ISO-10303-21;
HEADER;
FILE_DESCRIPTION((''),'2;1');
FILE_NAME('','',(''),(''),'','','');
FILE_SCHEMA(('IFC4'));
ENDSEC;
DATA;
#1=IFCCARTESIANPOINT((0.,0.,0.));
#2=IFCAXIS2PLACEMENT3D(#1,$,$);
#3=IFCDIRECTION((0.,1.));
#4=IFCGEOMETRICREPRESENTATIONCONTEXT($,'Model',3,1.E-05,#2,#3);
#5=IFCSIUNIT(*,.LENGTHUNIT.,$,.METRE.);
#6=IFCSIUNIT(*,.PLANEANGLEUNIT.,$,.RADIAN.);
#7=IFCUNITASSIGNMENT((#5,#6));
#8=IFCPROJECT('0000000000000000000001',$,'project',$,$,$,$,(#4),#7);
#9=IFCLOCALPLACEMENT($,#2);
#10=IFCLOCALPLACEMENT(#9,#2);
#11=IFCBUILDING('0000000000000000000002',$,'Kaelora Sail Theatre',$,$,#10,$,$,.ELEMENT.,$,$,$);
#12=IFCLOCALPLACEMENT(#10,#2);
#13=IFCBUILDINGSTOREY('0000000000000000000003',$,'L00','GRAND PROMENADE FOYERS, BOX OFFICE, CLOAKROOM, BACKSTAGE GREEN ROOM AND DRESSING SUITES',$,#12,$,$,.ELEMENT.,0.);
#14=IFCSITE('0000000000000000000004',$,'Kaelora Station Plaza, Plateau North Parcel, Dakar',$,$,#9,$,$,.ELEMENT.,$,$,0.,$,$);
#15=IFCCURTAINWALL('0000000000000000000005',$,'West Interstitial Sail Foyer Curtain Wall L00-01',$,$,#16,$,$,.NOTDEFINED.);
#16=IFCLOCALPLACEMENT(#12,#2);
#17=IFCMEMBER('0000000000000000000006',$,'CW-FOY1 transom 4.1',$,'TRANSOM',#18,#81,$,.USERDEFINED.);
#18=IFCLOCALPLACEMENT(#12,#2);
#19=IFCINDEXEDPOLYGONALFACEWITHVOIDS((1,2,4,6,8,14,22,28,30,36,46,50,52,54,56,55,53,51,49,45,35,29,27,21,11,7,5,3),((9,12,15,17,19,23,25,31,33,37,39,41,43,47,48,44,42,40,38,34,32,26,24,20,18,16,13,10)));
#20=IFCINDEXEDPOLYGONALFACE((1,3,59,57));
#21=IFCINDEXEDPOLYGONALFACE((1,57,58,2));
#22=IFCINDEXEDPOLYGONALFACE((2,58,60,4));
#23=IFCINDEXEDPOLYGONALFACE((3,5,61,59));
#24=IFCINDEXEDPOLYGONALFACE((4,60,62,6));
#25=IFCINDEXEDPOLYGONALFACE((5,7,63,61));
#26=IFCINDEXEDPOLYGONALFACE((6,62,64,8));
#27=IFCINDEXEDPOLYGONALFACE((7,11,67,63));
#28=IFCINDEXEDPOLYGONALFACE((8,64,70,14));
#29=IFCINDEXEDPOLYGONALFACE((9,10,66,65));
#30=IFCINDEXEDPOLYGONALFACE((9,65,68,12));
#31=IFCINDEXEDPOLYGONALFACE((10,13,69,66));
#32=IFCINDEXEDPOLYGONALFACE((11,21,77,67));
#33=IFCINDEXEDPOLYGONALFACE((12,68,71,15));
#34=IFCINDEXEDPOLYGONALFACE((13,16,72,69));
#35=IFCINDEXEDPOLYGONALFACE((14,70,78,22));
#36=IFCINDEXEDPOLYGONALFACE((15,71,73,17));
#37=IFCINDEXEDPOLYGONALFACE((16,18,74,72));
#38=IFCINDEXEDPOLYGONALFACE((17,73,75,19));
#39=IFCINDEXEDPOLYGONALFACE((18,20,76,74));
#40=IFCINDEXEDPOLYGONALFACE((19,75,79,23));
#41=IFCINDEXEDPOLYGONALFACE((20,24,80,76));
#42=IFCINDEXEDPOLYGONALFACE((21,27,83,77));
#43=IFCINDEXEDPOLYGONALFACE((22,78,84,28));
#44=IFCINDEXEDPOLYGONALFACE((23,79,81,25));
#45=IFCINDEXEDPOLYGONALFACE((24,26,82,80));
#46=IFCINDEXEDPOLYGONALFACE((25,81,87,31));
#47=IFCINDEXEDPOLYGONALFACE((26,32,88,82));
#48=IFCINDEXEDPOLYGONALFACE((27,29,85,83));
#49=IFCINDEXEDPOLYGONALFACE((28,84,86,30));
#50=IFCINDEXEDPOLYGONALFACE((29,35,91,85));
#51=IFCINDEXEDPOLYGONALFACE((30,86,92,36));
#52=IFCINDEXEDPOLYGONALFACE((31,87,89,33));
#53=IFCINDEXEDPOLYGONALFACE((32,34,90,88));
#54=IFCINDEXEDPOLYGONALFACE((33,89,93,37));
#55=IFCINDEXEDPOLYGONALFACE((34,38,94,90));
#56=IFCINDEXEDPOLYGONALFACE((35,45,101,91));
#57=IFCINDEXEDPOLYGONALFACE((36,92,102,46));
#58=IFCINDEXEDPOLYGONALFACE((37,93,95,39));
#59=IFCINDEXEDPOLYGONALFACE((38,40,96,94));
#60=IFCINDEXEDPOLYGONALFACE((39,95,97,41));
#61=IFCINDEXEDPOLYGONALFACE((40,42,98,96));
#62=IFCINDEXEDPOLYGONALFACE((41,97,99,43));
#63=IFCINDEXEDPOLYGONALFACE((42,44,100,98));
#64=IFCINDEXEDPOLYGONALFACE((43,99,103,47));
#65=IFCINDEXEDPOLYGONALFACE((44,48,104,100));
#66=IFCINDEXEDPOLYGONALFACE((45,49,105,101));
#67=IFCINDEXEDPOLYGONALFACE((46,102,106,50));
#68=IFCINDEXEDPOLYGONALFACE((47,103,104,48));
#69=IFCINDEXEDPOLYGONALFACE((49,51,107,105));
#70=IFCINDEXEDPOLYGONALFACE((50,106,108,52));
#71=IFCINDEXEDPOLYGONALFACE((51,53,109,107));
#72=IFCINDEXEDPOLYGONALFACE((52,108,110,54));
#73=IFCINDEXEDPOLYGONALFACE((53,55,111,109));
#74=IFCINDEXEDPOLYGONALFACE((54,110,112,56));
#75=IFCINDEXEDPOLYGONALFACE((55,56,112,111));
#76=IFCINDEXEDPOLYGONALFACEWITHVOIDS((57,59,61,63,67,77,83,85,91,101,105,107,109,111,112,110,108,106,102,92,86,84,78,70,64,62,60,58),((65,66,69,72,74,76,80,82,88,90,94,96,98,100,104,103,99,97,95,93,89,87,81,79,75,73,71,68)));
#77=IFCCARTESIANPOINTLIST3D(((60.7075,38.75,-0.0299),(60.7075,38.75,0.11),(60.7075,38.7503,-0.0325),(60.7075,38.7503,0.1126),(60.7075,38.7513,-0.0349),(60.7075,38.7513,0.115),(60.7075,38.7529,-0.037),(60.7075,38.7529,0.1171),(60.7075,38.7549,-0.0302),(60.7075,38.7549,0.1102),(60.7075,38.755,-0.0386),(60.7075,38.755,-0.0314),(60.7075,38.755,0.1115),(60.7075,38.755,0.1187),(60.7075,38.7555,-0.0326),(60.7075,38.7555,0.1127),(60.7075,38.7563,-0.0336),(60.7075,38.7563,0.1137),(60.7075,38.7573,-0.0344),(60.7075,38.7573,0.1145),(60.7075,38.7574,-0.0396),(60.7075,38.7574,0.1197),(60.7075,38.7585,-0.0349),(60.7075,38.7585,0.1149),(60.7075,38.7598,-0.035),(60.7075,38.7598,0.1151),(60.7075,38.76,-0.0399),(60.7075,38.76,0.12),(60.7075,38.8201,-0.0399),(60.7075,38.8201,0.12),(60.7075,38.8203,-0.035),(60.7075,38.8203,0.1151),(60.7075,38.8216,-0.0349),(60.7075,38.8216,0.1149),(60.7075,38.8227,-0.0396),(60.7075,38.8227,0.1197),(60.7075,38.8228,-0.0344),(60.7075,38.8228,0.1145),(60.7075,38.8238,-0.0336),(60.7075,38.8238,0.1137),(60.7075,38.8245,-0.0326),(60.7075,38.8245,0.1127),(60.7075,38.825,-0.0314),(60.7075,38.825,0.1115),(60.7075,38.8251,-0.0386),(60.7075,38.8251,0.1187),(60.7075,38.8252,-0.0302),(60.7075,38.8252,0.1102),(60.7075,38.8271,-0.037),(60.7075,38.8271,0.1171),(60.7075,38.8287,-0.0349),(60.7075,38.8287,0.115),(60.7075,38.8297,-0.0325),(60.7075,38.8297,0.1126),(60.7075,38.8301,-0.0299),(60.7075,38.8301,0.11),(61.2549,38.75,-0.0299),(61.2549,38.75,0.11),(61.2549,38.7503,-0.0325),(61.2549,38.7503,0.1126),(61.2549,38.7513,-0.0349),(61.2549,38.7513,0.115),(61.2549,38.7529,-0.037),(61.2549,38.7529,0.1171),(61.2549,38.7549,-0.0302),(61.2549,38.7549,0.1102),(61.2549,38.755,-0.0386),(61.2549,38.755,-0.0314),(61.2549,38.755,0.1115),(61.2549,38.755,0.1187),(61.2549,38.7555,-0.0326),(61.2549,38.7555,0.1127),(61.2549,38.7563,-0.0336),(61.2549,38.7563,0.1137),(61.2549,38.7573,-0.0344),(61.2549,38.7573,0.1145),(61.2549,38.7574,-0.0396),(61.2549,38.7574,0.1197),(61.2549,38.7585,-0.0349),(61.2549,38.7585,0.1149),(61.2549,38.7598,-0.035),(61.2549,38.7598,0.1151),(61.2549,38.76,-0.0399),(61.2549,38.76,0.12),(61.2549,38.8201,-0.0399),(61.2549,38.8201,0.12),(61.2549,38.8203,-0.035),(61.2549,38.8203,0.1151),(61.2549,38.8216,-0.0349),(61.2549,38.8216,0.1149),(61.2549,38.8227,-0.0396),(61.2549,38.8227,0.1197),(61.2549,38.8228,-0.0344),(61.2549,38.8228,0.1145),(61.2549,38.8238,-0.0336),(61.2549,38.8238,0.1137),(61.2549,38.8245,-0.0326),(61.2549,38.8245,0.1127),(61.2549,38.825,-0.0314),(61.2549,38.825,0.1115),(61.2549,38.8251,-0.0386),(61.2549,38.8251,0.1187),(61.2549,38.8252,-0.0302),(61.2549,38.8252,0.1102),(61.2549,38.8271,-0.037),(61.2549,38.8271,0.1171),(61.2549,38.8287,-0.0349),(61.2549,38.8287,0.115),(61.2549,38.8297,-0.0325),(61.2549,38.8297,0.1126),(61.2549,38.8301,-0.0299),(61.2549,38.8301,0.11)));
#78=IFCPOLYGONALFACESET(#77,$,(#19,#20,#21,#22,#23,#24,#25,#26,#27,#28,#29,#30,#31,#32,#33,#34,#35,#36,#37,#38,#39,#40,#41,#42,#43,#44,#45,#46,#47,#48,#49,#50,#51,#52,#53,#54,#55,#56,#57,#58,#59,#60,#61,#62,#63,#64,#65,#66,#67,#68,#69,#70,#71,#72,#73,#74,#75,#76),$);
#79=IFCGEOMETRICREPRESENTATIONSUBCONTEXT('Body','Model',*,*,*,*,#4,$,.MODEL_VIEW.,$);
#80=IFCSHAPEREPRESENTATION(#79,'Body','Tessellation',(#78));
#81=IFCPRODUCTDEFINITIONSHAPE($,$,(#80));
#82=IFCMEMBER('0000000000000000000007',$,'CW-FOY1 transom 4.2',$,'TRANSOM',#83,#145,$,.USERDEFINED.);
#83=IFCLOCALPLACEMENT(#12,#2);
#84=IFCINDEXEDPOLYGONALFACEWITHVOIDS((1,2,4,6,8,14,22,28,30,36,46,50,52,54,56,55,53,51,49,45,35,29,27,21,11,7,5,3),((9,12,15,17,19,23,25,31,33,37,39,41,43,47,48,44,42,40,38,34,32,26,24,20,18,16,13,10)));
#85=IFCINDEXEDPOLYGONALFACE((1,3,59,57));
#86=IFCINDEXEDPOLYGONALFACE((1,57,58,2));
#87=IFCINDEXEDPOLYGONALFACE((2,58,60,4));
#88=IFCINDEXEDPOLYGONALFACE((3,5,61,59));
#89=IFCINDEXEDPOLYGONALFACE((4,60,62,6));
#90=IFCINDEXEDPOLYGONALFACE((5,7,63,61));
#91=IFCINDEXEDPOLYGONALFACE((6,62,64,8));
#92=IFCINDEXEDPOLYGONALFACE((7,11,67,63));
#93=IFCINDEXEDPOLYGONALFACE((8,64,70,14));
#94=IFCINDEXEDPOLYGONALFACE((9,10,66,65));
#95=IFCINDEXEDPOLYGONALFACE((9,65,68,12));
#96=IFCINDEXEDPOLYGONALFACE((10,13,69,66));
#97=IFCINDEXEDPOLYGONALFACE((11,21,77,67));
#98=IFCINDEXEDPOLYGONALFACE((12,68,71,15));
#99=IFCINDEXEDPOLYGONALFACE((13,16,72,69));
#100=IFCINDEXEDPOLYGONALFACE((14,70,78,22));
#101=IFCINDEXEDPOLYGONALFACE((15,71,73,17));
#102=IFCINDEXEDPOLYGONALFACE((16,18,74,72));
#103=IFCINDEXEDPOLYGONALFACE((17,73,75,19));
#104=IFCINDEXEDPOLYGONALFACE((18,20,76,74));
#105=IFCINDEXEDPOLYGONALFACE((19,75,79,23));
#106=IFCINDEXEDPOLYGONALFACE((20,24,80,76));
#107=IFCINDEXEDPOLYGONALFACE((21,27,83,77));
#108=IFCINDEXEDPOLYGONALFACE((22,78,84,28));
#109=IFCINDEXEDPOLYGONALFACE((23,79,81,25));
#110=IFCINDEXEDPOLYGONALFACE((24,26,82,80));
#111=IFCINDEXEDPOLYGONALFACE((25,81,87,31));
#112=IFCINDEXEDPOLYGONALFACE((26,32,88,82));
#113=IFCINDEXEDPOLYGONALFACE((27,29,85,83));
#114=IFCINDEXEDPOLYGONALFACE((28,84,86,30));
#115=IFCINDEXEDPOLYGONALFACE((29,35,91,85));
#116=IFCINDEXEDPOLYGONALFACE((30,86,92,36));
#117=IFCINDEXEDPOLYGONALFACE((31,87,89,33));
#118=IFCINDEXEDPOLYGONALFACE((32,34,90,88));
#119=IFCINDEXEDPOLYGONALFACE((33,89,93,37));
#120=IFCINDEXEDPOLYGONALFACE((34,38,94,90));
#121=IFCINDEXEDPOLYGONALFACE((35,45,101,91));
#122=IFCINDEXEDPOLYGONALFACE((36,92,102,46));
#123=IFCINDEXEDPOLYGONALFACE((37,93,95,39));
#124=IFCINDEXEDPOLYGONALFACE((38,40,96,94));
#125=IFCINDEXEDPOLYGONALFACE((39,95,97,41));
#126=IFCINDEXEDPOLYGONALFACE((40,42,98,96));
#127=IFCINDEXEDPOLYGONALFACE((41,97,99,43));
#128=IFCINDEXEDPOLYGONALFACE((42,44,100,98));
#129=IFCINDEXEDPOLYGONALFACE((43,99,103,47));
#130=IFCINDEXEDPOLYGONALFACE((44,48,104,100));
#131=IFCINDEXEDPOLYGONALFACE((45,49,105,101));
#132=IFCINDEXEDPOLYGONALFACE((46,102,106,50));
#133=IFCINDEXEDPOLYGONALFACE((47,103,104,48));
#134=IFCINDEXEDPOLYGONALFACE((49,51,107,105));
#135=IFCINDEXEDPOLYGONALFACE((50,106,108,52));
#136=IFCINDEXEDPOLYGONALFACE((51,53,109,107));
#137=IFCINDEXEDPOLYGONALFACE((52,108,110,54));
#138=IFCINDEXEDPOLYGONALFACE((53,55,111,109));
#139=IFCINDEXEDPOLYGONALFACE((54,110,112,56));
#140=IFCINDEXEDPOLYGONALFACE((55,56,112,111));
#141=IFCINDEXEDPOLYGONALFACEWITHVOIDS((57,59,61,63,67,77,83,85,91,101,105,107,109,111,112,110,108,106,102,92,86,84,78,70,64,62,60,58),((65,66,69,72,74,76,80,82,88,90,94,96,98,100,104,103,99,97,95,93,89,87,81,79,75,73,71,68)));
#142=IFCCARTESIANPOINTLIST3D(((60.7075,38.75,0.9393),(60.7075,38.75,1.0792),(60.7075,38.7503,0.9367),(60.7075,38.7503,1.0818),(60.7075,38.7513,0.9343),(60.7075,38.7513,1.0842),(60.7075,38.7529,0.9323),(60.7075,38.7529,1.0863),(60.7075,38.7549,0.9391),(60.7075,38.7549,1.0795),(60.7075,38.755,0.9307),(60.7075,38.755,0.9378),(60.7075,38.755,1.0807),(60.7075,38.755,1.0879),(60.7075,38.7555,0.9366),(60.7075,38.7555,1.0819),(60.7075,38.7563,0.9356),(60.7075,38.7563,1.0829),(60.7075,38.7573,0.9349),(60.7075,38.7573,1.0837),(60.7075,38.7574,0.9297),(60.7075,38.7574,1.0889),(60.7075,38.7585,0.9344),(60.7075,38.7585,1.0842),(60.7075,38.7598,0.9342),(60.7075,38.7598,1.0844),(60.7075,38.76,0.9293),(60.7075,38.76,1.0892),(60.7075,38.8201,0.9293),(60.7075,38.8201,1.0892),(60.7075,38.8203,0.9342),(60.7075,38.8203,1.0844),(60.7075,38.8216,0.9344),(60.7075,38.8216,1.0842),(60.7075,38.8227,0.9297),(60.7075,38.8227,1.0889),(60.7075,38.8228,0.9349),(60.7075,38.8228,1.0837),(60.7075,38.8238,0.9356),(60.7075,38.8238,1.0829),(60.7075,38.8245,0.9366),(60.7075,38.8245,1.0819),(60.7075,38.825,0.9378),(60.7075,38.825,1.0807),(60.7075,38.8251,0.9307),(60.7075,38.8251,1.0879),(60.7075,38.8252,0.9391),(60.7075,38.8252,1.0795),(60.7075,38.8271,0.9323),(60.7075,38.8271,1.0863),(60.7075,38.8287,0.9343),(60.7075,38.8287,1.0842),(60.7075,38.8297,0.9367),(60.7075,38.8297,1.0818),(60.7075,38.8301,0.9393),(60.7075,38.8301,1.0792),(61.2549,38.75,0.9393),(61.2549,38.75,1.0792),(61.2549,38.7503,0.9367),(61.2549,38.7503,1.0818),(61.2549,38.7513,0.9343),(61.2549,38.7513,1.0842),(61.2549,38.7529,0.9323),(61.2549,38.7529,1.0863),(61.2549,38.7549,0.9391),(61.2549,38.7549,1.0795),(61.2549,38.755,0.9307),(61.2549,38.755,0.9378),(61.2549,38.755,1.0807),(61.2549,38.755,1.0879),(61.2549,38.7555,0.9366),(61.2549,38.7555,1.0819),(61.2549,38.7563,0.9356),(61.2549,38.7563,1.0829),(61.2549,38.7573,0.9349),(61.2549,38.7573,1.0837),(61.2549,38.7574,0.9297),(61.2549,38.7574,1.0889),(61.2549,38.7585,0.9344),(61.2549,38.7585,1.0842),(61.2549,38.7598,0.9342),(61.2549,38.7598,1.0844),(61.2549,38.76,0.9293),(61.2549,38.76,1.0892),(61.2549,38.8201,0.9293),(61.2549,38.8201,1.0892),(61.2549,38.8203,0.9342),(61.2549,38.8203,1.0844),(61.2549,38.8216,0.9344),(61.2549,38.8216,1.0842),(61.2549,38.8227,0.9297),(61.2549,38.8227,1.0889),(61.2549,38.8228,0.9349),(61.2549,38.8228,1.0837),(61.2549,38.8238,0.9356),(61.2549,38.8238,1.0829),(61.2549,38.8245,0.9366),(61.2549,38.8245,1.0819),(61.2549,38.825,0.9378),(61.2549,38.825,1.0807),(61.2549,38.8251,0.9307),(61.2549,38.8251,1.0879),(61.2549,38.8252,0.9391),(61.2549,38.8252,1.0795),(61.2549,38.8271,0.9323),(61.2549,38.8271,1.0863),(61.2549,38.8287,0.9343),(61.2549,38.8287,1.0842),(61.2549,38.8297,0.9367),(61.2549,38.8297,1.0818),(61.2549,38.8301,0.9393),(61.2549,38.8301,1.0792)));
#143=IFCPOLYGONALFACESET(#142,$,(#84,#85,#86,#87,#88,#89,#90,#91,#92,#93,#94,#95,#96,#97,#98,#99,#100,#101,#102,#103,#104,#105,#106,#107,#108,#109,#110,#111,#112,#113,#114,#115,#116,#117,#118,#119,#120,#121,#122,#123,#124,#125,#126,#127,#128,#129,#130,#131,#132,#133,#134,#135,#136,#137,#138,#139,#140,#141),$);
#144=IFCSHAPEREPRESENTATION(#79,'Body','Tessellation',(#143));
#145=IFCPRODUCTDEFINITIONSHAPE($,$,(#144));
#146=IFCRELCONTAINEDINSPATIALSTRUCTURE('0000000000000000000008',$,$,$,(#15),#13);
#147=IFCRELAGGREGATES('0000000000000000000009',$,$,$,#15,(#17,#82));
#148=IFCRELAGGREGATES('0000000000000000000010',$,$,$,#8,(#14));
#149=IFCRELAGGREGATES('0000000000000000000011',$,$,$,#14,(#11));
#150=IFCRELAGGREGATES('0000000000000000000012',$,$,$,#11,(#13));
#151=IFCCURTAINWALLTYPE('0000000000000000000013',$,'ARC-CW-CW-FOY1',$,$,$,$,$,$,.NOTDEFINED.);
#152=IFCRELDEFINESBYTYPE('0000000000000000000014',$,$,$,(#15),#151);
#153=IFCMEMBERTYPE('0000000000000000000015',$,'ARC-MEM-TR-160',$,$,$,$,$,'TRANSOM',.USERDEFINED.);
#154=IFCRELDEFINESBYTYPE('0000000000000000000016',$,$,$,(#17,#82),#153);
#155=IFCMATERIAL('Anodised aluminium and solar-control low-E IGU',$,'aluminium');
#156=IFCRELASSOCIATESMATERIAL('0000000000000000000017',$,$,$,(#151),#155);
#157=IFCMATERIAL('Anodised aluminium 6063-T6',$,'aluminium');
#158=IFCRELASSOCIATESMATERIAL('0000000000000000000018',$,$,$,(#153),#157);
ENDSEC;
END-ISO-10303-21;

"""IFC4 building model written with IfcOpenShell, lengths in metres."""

from ifc_helpers import new_model, si_unit, direction, frame, origin, origin_2d, place, context, subcontext, project, spatial, hollow_rectangle, extrude, material, material_profile, profile_set, type_object, element, aggregate, save


model = new_model("IFC4")

# Units and contexts
model_context = context("Model", 3, precision=1e-05, world=origin(), true_north=direction((0.0, 1.0)))
body_context = subcontext(model_context, "Body", "Model", "MODEL_VIEW")
ifc_project = project(units=[si_unit("LENGTHUNIT", "METRE"), si_unit("PLANEANGLEUNIT", "RADIAN")], contexts=[model_context])

# Site, building, storey
site_placement = place(None, origin())
site = spatial("IfcSite", under=ifc_project, at=site_placement, Name="Kaelora Station Plaza, Plateau North Parcel, Dakar", CompositionType="ELEMENT", RefElevation=0.0)
building_placement = place(site_placement, origin())
building = spatial("IfcBuilding", under=site, at=building_placement, Name="Kaelora Sail Theatre", CompositionType="ELEMENT")
storey_placement = place(building_placement, origin())
storey = spatial("IfcBuildingStorey", under=building, at=storey_placement, Name="L00", Description="GRAND PROMENADE FOYERS, BOX OFFICE, CLOAKROOM, BACKSTAGE GREEN ROOM AND DRESSING SUITES", CompositionType="ELEMENT", Elevation=0.0)

# Curtain wall, members
ifc_material_1 = material(Name="Anodised aluminium and solar-control low-E IGU", Category="aluminium")
curtain_wall_type = type_object("IfcCurtainWallType", Name="ARC-CW-CW-FOY1", PredefinedType="NOTDEFINED", material=ifc_material_1)
curtain_wall_placement = place(storey_placement, origin())
curtain_wall = element("IfcCurtainWall", 1, at=curtain_wall_placement, inside=storey, type_object=curtain_wall_type, Name="West Interstitial Sail Foyer Curtain Wall L00-01", PredefinedType="NOTDEFINED")
ifc_material_2 = material(Name="Anodised aluminium 6063-T6", Category="aluminium")
ifc_material_profile_1 = material_profile(ifc_material_2, hollow_rectangle(XDim=0.0801, YDim=0.1599, WallThickness=0.0049, InnerFilletRadius=0.0049, OuterFilletRadius=0.01, at=origin_2d()), Name="ALU-TRAN 80x160x5")
ifc_profile_set_1 = profile_set([ifc_material_profile_1], Name="Anodised aluminium 6063-T6")
member_type_1 = type_object("IfcMemberType", Name="ARC-MEM-TR-160", ElementType="TRANSOM", PredefinedType="USERDEFINED", material=ifc_profile_set_1)
member_1_placement = place(storey_placement, frame((60.7075, 38.79, 0.04), z_axis=(1.0, 0.0, 0.0), x_axis=(0.0, 1.0, 0.0)))
member_1 = element("IfcMember", 2, at=member_1_placement, type_object=member_type_1, Name="CW-FOY1 transom 4.1", ObjectType="TRANSOM", PredefinedType="USERDEFINED", context=body_context, shape_type="SweptSolid", body=[
    extrude(hollow_rectangle(XDim=0.0801, YDim=0.1599, WallThickness=0.0049, InnerFilletRadius=0.0049, OuterFilletRadius=0.01, at=origin_2d()), origin(), (0.0, 0.0, 1.0), 0.5474),
])
member_2_placement = place(storey_placement, frame((60.7075, 38.79, 1.0093), z_axis=(1.0, 0.0, 0.0), x_axis=(0.0, 1.0, 0.0)))
member_2 = element("IfcMember", 3, at=member_2_placement, type_object=member_type_1, Name="CW-FOY1 transom 4.2", ObjectType="TRANSOM", PredefinedType="USERDEFINED", context=body_context, shape_type="SweptSolid", body=[
    extrude(hollow_rectangle(XDim=0.0801, YDim=0.1599, WallThickness=0.0049, InnerFilletRadius=0.0049, OuterFilletRadius=0.01, at=origin_2d()), origin(), (0.0, 0.0, 1.0), 0.5474),
])
aggregate(curtain_wall, [member_1, member_2])

save(model, "model.ifc")
